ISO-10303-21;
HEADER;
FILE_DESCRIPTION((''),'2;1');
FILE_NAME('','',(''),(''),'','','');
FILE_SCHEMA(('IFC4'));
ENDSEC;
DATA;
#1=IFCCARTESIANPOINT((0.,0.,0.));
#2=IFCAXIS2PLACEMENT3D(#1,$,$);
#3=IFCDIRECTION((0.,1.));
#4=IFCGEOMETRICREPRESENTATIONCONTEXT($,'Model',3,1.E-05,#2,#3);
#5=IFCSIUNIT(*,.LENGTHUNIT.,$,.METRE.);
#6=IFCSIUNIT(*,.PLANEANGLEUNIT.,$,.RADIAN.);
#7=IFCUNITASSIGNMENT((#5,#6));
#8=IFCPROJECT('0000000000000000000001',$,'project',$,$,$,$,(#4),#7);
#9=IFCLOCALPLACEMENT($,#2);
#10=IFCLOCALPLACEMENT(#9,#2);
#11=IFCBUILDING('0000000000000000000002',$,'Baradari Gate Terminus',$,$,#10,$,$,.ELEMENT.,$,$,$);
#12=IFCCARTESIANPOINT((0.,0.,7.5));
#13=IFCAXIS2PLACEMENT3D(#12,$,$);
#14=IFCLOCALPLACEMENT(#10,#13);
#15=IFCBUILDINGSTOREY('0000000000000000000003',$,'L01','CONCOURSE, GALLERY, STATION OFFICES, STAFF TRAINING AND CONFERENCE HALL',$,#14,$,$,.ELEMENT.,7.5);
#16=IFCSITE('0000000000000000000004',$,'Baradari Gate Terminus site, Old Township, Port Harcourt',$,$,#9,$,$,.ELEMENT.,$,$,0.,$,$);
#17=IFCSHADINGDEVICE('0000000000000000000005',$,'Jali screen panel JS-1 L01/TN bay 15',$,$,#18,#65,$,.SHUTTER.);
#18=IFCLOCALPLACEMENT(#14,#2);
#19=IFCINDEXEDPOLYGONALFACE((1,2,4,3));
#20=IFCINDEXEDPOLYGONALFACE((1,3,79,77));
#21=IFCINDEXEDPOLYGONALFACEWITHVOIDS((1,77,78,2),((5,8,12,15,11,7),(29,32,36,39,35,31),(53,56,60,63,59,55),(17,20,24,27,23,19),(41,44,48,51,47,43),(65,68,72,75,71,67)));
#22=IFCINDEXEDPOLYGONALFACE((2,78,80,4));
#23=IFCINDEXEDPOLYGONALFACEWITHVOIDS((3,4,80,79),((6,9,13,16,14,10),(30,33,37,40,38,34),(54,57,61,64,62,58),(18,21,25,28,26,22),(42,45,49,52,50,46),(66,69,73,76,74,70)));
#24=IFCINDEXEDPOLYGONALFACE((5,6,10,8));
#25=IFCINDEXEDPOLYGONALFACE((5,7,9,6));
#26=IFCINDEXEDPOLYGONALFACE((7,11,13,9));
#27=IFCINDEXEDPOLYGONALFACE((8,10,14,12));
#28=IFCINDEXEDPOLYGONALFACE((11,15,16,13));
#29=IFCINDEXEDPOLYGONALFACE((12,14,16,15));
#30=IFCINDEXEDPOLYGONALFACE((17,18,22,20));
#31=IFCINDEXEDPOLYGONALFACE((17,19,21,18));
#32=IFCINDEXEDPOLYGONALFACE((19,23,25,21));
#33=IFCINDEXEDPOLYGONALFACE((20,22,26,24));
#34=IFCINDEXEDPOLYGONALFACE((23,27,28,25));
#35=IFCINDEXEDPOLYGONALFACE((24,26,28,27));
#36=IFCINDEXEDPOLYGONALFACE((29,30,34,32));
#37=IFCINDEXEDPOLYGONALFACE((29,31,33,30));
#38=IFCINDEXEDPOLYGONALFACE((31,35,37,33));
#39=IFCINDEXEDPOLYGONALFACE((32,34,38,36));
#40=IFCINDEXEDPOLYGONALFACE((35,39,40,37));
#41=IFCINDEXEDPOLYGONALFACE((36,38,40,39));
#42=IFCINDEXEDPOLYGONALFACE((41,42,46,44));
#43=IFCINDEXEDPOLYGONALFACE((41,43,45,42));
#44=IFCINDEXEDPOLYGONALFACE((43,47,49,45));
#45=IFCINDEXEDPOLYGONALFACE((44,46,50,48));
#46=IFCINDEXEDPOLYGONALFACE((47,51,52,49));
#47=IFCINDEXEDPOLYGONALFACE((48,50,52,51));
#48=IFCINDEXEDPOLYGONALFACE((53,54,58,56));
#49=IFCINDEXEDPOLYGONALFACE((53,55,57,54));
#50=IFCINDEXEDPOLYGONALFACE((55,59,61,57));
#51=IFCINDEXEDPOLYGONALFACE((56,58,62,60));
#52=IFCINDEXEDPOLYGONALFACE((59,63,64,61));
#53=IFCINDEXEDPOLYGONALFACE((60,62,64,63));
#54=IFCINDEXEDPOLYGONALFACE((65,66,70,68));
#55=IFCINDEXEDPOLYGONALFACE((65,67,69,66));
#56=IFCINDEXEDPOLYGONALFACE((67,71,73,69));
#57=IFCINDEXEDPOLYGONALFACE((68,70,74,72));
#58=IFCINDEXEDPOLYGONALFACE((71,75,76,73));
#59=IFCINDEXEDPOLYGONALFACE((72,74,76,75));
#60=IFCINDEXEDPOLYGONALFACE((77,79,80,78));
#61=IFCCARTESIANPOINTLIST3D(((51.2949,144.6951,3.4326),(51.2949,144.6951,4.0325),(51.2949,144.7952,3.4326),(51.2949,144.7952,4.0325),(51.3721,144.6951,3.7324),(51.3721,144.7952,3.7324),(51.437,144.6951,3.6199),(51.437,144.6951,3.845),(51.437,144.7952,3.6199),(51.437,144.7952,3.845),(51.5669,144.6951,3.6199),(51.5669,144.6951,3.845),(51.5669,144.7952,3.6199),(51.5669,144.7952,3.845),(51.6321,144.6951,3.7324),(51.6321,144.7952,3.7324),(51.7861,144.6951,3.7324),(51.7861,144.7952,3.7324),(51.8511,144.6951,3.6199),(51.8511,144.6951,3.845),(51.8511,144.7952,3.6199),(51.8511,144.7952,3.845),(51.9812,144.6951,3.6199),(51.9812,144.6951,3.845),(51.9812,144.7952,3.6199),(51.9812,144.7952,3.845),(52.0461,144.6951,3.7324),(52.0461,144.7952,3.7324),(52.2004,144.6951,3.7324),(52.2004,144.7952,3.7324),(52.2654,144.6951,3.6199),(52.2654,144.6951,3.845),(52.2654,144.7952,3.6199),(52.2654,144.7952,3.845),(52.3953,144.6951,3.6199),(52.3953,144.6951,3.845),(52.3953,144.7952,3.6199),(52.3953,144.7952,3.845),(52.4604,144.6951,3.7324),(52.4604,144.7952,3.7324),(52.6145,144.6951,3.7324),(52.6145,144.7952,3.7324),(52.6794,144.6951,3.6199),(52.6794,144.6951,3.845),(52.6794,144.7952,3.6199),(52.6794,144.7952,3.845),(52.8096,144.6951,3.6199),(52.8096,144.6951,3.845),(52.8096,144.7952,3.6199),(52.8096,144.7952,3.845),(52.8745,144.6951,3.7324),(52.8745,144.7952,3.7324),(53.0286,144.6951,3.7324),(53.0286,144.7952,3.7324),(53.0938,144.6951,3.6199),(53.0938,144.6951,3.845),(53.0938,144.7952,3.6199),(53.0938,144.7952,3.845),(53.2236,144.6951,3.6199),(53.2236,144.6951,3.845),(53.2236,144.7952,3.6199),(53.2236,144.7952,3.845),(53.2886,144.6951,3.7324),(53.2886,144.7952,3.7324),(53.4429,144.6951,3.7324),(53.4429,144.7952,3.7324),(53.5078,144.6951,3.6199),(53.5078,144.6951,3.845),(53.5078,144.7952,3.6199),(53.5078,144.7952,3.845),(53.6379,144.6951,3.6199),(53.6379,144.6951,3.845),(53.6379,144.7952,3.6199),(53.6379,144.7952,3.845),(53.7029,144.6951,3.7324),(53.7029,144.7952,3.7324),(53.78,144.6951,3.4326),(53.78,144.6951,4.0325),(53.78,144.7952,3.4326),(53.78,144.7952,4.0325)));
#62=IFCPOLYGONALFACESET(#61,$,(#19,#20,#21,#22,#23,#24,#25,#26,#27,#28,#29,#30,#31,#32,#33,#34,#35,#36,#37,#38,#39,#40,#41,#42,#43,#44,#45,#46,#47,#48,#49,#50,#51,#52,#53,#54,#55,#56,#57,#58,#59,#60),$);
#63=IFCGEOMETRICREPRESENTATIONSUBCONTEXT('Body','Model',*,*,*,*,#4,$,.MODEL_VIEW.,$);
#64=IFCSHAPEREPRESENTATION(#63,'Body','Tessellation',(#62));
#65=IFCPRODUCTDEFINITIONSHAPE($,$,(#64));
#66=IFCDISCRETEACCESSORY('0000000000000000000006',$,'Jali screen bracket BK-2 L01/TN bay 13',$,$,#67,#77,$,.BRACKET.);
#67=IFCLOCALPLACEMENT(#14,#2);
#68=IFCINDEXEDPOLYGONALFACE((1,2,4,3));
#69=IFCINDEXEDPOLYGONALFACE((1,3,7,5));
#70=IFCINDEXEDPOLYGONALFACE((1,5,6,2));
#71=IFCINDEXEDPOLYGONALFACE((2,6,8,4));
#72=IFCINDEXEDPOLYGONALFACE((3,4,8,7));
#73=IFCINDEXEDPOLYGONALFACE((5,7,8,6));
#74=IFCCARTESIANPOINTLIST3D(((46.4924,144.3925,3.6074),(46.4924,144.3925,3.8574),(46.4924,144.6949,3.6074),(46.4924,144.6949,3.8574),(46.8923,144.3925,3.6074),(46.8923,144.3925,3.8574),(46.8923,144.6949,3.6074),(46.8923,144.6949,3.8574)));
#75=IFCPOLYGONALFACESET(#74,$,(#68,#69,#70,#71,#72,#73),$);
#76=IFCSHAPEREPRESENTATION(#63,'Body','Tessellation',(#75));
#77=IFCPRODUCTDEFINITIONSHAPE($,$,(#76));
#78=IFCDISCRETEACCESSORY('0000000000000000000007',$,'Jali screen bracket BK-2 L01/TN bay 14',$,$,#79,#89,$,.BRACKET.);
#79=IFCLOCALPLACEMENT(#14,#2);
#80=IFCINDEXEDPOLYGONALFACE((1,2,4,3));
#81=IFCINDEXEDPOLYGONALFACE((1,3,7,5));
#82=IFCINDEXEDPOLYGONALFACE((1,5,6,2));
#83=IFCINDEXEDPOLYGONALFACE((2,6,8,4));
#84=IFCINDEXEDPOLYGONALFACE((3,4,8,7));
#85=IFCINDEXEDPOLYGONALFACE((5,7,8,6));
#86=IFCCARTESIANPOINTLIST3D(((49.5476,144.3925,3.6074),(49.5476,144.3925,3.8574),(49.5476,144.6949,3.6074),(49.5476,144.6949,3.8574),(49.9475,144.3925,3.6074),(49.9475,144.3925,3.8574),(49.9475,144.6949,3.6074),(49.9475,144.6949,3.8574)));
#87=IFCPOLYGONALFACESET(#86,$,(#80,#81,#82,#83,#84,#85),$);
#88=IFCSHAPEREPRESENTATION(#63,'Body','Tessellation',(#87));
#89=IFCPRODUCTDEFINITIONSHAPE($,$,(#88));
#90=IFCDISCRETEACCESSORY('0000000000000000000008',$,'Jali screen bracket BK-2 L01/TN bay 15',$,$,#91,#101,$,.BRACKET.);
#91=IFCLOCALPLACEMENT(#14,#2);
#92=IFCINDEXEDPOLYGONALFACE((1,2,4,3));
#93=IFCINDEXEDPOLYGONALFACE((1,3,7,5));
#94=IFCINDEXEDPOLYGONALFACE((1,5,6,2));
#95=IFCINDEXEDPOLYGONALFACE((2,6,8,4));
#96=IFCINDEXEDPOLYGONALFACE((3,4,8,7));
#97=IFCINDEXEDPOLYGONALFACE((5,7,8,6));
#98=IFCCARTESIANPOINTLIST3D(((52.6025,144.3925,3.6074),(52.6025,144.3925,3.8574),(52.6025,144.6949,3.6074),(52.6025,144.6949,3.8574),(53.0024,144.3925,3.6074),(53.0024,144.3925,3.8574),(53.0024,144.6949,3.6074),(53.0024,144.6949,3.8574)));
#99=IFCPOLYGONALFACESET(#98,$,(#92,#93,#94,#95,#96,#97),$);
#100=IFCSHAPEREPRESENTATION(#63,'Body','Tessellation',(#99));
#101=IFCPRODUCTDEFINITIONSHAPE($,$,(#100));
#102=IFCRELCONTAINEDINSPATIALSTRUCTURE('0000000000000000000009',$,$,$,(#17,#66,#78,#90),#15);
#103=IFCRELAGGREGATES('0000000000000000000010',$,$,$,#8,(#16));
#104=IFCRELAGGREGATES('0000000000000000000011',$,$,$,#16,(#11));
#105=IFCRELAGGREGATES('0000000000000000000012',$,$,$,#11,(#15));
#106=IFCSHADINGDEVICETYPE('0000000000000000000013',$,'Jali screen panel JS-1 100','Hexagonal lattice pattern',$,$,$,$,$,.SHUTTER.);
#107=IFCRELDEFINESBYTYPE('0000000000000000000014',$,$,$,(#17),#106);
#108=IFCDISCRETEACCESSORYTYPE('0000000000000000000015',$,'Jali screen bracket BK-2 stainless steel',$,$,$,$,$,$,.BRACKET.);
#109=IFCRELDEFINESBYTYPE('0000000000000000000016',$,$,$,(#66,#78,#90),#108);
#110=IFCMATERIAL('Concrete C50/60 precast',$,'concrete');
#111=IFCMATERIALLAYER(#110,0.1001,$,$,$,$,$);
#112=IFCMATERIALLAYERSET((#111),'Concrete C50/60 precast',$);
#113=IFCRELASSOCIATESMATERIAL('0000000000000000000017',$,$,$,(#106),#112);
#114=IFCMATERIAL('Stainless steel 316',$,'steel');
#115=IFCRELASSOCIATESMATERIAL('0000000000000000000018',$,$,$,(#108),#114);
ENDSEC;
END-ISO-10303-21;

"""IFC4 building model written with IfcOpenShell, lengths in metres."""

from ifc_helpers import new_model, si_unit, direction, frame, origin, origin_2d, place, context, subcontext, project, spatial, polyline, rectangle, outline, extrude, material, layer, layer_set, type_object, element, save


model = new_model("IFC4")

# Units and contexts
model_context = context("Model", 3, precision=1e-05, world=origin(), true_north=direction((0.0, 1.0)))
body_context = subcontext(model_context, "Body", "Model", "MODEL_VIEW")
ifc_project = project(units=[si_unit("LENGTHUNIT", "METRE"), si_unit("PLANEANGLEUNIT", "RADIAN")], contexts=[model_context])

# Site, building, storey
site_placement = place(None, origin())
site = spatial("IfcSite", under=ifc_project, at=site_placement, Name="Baradari Gate Terminus site, Old Township, Port Harcourt", CompositionType="ELEMENT", RefElevation=0.0)
building_placement = place(site_placement, origin())
building = spatial("IfcBuilding", under=site, at=building_placement, Name="Baradari Gate Terminus", CompositionType="ELEMENT")
storey_placement = place(building_placement, frame((0.0, 0.0, 7.5)))
storey = spatial("IfcBuildingStorey", under=building, at=storey_placement, Name="L01", Description="CONCOURSE, GALLERY, STATION OFFICES, STAFF TRAINING AND CONFERENCE HALL", CompositionType="ELEMENT", Elevation=7.5)

# Shading device
ifc_material_1 = material(Name="Concrete C50/60 precast", Category="concrete")
ifc_layer_1 = layer(ifc_material_1, 0.1001)
ifc_layer_set_1 = layer_set([ifc_layer_1], Name="Concrete C50/60 precast")
shading_device_type = type_object("IfcShadingDeviceType", Name="Jali screen panel JS-1 100", Description="Hexagonal lattice pattern", PredefinedType="SHUTTER", material=ifc_layer_set_1)
shading_device_1_placement = place(storey_placement, frame((51.2949, 144.7451, 3.4326), z_axis=(0.0, 0.0, 1.0), x_axis=(1.0, 0.0, 0.0)))
element("IfcShadingDevice", 1, at=shading_device_1_placement, inside=storey, type_object=shading_device_type, Name="Jali screen panel JS-1 L01/TN bay 15", PredefinedType="SHUTTER", context=body_context, shape_type="SweptSolid", body=[
    extrude(outline(polyline([(0.0, 0.0), (2.4851, 0.0), (2.4851, 0.5999), (0.0, 0.5999), (0.0, 0.0)]), holes=[polyline([(0.3372, 0.2998), (0.272, 0.1873), (0.1421, 0.1873), (0.0771, 0.2998), (0.1421, 0.4124), (0.272, 0.4124), (0.3372, 0.2998)]), polyline([(0.7512, 0.2998), (0.6863, 0.1873), (0.5562, 0.1873), (0.4912, 0.2998), (0.5562, 0.4124), (0.6863, 0.4124), (0.7512, 0.2998)]), polyline([(1.1655, 0.2998), (1.1003, 0.1873), (0.9705, 0.1873), (0.9055, 0.2998), (0.9705, 0.4124), (1.1003, 0.4124), (1.1655, 0.2998)]), polyline([(1.5796, 0.2998), (1.5146, 0.1873), (1.3845, 0.1873), (1.3196, 0.2998), (1.3845, 0.4124), (1.5146, 0.4124), (1.5796, 0.2998)]), polyline([(1.9937, 0.2998), (1.9287, 0.1873), (1.7988, 0.1873), (1.7336, 0.2998), (1.7988, 0.4124), (1.9287, 0.4124), (1.9937, 0.2998)]), polyline([(2.408, 0.2998), (2.343, 0.1873), (2.2129, 0.1873), (2.1479, 0.2998), (2.2129, 0.4124), (2.343, 0.4124), (2.408, 0.2998)])]), frame((0.0, 0.05, 0.0), z_axis=(0.0, -1.0, 0.0), x_axis=(1.0, 0.0, 0.0)), (0.0, 0.0, 1.0), 0.1001),
])

# Discrete accessories
ifc_material_2 = material(Name="Stainless steel 316", Category="steel")
discrete_accessory_type = type_object("IfcDiscreteAccessoryType", Name="Jali screen bracket BK-2 stainless steel", PredefinedType="BRACKET", material=ifc_material_2)
for number, where, z_axis, x_axis, name in (
    (2, (46.6924, 144.5437, 3.6074), (0.0, 0.0, 1.0), (0.0, 1.0, 0.0), "Jali screen bracket BK-2 L01/TN bay 13"),
    (3, (49.7476, 144.5437, 3.6074), (0.0, 0.0, 1.0), (0.0, 1.0, 0.0), "Jali screen bracket BK-2 L01/TN bay 14"),
    (4, (52.8025, 144.5437, 3.6074), (0.0, 0.0, 1.0), (0.0, 1.0, 0.0), "Jali screen bracket BK-2 L01/TN bay 15"),
):
    element("IfcDiscreteAccessory", number, at=place(storey_placement, frame(where, z_axis=z_axis, x_axis=x_axis)), inside=storey, type_object=discrete_accessory_type, Name=name, PredefinedType="BRACKET", context=body_context, shape_type="SweptSolid", body=[
        extrude(rectangle(XDim=0.3025, YDim=0.3999, at=origin_2d()), origin(), (0.0, 0.0, 1.0), 0.25),
    ])

save(model, "model.ifc")
